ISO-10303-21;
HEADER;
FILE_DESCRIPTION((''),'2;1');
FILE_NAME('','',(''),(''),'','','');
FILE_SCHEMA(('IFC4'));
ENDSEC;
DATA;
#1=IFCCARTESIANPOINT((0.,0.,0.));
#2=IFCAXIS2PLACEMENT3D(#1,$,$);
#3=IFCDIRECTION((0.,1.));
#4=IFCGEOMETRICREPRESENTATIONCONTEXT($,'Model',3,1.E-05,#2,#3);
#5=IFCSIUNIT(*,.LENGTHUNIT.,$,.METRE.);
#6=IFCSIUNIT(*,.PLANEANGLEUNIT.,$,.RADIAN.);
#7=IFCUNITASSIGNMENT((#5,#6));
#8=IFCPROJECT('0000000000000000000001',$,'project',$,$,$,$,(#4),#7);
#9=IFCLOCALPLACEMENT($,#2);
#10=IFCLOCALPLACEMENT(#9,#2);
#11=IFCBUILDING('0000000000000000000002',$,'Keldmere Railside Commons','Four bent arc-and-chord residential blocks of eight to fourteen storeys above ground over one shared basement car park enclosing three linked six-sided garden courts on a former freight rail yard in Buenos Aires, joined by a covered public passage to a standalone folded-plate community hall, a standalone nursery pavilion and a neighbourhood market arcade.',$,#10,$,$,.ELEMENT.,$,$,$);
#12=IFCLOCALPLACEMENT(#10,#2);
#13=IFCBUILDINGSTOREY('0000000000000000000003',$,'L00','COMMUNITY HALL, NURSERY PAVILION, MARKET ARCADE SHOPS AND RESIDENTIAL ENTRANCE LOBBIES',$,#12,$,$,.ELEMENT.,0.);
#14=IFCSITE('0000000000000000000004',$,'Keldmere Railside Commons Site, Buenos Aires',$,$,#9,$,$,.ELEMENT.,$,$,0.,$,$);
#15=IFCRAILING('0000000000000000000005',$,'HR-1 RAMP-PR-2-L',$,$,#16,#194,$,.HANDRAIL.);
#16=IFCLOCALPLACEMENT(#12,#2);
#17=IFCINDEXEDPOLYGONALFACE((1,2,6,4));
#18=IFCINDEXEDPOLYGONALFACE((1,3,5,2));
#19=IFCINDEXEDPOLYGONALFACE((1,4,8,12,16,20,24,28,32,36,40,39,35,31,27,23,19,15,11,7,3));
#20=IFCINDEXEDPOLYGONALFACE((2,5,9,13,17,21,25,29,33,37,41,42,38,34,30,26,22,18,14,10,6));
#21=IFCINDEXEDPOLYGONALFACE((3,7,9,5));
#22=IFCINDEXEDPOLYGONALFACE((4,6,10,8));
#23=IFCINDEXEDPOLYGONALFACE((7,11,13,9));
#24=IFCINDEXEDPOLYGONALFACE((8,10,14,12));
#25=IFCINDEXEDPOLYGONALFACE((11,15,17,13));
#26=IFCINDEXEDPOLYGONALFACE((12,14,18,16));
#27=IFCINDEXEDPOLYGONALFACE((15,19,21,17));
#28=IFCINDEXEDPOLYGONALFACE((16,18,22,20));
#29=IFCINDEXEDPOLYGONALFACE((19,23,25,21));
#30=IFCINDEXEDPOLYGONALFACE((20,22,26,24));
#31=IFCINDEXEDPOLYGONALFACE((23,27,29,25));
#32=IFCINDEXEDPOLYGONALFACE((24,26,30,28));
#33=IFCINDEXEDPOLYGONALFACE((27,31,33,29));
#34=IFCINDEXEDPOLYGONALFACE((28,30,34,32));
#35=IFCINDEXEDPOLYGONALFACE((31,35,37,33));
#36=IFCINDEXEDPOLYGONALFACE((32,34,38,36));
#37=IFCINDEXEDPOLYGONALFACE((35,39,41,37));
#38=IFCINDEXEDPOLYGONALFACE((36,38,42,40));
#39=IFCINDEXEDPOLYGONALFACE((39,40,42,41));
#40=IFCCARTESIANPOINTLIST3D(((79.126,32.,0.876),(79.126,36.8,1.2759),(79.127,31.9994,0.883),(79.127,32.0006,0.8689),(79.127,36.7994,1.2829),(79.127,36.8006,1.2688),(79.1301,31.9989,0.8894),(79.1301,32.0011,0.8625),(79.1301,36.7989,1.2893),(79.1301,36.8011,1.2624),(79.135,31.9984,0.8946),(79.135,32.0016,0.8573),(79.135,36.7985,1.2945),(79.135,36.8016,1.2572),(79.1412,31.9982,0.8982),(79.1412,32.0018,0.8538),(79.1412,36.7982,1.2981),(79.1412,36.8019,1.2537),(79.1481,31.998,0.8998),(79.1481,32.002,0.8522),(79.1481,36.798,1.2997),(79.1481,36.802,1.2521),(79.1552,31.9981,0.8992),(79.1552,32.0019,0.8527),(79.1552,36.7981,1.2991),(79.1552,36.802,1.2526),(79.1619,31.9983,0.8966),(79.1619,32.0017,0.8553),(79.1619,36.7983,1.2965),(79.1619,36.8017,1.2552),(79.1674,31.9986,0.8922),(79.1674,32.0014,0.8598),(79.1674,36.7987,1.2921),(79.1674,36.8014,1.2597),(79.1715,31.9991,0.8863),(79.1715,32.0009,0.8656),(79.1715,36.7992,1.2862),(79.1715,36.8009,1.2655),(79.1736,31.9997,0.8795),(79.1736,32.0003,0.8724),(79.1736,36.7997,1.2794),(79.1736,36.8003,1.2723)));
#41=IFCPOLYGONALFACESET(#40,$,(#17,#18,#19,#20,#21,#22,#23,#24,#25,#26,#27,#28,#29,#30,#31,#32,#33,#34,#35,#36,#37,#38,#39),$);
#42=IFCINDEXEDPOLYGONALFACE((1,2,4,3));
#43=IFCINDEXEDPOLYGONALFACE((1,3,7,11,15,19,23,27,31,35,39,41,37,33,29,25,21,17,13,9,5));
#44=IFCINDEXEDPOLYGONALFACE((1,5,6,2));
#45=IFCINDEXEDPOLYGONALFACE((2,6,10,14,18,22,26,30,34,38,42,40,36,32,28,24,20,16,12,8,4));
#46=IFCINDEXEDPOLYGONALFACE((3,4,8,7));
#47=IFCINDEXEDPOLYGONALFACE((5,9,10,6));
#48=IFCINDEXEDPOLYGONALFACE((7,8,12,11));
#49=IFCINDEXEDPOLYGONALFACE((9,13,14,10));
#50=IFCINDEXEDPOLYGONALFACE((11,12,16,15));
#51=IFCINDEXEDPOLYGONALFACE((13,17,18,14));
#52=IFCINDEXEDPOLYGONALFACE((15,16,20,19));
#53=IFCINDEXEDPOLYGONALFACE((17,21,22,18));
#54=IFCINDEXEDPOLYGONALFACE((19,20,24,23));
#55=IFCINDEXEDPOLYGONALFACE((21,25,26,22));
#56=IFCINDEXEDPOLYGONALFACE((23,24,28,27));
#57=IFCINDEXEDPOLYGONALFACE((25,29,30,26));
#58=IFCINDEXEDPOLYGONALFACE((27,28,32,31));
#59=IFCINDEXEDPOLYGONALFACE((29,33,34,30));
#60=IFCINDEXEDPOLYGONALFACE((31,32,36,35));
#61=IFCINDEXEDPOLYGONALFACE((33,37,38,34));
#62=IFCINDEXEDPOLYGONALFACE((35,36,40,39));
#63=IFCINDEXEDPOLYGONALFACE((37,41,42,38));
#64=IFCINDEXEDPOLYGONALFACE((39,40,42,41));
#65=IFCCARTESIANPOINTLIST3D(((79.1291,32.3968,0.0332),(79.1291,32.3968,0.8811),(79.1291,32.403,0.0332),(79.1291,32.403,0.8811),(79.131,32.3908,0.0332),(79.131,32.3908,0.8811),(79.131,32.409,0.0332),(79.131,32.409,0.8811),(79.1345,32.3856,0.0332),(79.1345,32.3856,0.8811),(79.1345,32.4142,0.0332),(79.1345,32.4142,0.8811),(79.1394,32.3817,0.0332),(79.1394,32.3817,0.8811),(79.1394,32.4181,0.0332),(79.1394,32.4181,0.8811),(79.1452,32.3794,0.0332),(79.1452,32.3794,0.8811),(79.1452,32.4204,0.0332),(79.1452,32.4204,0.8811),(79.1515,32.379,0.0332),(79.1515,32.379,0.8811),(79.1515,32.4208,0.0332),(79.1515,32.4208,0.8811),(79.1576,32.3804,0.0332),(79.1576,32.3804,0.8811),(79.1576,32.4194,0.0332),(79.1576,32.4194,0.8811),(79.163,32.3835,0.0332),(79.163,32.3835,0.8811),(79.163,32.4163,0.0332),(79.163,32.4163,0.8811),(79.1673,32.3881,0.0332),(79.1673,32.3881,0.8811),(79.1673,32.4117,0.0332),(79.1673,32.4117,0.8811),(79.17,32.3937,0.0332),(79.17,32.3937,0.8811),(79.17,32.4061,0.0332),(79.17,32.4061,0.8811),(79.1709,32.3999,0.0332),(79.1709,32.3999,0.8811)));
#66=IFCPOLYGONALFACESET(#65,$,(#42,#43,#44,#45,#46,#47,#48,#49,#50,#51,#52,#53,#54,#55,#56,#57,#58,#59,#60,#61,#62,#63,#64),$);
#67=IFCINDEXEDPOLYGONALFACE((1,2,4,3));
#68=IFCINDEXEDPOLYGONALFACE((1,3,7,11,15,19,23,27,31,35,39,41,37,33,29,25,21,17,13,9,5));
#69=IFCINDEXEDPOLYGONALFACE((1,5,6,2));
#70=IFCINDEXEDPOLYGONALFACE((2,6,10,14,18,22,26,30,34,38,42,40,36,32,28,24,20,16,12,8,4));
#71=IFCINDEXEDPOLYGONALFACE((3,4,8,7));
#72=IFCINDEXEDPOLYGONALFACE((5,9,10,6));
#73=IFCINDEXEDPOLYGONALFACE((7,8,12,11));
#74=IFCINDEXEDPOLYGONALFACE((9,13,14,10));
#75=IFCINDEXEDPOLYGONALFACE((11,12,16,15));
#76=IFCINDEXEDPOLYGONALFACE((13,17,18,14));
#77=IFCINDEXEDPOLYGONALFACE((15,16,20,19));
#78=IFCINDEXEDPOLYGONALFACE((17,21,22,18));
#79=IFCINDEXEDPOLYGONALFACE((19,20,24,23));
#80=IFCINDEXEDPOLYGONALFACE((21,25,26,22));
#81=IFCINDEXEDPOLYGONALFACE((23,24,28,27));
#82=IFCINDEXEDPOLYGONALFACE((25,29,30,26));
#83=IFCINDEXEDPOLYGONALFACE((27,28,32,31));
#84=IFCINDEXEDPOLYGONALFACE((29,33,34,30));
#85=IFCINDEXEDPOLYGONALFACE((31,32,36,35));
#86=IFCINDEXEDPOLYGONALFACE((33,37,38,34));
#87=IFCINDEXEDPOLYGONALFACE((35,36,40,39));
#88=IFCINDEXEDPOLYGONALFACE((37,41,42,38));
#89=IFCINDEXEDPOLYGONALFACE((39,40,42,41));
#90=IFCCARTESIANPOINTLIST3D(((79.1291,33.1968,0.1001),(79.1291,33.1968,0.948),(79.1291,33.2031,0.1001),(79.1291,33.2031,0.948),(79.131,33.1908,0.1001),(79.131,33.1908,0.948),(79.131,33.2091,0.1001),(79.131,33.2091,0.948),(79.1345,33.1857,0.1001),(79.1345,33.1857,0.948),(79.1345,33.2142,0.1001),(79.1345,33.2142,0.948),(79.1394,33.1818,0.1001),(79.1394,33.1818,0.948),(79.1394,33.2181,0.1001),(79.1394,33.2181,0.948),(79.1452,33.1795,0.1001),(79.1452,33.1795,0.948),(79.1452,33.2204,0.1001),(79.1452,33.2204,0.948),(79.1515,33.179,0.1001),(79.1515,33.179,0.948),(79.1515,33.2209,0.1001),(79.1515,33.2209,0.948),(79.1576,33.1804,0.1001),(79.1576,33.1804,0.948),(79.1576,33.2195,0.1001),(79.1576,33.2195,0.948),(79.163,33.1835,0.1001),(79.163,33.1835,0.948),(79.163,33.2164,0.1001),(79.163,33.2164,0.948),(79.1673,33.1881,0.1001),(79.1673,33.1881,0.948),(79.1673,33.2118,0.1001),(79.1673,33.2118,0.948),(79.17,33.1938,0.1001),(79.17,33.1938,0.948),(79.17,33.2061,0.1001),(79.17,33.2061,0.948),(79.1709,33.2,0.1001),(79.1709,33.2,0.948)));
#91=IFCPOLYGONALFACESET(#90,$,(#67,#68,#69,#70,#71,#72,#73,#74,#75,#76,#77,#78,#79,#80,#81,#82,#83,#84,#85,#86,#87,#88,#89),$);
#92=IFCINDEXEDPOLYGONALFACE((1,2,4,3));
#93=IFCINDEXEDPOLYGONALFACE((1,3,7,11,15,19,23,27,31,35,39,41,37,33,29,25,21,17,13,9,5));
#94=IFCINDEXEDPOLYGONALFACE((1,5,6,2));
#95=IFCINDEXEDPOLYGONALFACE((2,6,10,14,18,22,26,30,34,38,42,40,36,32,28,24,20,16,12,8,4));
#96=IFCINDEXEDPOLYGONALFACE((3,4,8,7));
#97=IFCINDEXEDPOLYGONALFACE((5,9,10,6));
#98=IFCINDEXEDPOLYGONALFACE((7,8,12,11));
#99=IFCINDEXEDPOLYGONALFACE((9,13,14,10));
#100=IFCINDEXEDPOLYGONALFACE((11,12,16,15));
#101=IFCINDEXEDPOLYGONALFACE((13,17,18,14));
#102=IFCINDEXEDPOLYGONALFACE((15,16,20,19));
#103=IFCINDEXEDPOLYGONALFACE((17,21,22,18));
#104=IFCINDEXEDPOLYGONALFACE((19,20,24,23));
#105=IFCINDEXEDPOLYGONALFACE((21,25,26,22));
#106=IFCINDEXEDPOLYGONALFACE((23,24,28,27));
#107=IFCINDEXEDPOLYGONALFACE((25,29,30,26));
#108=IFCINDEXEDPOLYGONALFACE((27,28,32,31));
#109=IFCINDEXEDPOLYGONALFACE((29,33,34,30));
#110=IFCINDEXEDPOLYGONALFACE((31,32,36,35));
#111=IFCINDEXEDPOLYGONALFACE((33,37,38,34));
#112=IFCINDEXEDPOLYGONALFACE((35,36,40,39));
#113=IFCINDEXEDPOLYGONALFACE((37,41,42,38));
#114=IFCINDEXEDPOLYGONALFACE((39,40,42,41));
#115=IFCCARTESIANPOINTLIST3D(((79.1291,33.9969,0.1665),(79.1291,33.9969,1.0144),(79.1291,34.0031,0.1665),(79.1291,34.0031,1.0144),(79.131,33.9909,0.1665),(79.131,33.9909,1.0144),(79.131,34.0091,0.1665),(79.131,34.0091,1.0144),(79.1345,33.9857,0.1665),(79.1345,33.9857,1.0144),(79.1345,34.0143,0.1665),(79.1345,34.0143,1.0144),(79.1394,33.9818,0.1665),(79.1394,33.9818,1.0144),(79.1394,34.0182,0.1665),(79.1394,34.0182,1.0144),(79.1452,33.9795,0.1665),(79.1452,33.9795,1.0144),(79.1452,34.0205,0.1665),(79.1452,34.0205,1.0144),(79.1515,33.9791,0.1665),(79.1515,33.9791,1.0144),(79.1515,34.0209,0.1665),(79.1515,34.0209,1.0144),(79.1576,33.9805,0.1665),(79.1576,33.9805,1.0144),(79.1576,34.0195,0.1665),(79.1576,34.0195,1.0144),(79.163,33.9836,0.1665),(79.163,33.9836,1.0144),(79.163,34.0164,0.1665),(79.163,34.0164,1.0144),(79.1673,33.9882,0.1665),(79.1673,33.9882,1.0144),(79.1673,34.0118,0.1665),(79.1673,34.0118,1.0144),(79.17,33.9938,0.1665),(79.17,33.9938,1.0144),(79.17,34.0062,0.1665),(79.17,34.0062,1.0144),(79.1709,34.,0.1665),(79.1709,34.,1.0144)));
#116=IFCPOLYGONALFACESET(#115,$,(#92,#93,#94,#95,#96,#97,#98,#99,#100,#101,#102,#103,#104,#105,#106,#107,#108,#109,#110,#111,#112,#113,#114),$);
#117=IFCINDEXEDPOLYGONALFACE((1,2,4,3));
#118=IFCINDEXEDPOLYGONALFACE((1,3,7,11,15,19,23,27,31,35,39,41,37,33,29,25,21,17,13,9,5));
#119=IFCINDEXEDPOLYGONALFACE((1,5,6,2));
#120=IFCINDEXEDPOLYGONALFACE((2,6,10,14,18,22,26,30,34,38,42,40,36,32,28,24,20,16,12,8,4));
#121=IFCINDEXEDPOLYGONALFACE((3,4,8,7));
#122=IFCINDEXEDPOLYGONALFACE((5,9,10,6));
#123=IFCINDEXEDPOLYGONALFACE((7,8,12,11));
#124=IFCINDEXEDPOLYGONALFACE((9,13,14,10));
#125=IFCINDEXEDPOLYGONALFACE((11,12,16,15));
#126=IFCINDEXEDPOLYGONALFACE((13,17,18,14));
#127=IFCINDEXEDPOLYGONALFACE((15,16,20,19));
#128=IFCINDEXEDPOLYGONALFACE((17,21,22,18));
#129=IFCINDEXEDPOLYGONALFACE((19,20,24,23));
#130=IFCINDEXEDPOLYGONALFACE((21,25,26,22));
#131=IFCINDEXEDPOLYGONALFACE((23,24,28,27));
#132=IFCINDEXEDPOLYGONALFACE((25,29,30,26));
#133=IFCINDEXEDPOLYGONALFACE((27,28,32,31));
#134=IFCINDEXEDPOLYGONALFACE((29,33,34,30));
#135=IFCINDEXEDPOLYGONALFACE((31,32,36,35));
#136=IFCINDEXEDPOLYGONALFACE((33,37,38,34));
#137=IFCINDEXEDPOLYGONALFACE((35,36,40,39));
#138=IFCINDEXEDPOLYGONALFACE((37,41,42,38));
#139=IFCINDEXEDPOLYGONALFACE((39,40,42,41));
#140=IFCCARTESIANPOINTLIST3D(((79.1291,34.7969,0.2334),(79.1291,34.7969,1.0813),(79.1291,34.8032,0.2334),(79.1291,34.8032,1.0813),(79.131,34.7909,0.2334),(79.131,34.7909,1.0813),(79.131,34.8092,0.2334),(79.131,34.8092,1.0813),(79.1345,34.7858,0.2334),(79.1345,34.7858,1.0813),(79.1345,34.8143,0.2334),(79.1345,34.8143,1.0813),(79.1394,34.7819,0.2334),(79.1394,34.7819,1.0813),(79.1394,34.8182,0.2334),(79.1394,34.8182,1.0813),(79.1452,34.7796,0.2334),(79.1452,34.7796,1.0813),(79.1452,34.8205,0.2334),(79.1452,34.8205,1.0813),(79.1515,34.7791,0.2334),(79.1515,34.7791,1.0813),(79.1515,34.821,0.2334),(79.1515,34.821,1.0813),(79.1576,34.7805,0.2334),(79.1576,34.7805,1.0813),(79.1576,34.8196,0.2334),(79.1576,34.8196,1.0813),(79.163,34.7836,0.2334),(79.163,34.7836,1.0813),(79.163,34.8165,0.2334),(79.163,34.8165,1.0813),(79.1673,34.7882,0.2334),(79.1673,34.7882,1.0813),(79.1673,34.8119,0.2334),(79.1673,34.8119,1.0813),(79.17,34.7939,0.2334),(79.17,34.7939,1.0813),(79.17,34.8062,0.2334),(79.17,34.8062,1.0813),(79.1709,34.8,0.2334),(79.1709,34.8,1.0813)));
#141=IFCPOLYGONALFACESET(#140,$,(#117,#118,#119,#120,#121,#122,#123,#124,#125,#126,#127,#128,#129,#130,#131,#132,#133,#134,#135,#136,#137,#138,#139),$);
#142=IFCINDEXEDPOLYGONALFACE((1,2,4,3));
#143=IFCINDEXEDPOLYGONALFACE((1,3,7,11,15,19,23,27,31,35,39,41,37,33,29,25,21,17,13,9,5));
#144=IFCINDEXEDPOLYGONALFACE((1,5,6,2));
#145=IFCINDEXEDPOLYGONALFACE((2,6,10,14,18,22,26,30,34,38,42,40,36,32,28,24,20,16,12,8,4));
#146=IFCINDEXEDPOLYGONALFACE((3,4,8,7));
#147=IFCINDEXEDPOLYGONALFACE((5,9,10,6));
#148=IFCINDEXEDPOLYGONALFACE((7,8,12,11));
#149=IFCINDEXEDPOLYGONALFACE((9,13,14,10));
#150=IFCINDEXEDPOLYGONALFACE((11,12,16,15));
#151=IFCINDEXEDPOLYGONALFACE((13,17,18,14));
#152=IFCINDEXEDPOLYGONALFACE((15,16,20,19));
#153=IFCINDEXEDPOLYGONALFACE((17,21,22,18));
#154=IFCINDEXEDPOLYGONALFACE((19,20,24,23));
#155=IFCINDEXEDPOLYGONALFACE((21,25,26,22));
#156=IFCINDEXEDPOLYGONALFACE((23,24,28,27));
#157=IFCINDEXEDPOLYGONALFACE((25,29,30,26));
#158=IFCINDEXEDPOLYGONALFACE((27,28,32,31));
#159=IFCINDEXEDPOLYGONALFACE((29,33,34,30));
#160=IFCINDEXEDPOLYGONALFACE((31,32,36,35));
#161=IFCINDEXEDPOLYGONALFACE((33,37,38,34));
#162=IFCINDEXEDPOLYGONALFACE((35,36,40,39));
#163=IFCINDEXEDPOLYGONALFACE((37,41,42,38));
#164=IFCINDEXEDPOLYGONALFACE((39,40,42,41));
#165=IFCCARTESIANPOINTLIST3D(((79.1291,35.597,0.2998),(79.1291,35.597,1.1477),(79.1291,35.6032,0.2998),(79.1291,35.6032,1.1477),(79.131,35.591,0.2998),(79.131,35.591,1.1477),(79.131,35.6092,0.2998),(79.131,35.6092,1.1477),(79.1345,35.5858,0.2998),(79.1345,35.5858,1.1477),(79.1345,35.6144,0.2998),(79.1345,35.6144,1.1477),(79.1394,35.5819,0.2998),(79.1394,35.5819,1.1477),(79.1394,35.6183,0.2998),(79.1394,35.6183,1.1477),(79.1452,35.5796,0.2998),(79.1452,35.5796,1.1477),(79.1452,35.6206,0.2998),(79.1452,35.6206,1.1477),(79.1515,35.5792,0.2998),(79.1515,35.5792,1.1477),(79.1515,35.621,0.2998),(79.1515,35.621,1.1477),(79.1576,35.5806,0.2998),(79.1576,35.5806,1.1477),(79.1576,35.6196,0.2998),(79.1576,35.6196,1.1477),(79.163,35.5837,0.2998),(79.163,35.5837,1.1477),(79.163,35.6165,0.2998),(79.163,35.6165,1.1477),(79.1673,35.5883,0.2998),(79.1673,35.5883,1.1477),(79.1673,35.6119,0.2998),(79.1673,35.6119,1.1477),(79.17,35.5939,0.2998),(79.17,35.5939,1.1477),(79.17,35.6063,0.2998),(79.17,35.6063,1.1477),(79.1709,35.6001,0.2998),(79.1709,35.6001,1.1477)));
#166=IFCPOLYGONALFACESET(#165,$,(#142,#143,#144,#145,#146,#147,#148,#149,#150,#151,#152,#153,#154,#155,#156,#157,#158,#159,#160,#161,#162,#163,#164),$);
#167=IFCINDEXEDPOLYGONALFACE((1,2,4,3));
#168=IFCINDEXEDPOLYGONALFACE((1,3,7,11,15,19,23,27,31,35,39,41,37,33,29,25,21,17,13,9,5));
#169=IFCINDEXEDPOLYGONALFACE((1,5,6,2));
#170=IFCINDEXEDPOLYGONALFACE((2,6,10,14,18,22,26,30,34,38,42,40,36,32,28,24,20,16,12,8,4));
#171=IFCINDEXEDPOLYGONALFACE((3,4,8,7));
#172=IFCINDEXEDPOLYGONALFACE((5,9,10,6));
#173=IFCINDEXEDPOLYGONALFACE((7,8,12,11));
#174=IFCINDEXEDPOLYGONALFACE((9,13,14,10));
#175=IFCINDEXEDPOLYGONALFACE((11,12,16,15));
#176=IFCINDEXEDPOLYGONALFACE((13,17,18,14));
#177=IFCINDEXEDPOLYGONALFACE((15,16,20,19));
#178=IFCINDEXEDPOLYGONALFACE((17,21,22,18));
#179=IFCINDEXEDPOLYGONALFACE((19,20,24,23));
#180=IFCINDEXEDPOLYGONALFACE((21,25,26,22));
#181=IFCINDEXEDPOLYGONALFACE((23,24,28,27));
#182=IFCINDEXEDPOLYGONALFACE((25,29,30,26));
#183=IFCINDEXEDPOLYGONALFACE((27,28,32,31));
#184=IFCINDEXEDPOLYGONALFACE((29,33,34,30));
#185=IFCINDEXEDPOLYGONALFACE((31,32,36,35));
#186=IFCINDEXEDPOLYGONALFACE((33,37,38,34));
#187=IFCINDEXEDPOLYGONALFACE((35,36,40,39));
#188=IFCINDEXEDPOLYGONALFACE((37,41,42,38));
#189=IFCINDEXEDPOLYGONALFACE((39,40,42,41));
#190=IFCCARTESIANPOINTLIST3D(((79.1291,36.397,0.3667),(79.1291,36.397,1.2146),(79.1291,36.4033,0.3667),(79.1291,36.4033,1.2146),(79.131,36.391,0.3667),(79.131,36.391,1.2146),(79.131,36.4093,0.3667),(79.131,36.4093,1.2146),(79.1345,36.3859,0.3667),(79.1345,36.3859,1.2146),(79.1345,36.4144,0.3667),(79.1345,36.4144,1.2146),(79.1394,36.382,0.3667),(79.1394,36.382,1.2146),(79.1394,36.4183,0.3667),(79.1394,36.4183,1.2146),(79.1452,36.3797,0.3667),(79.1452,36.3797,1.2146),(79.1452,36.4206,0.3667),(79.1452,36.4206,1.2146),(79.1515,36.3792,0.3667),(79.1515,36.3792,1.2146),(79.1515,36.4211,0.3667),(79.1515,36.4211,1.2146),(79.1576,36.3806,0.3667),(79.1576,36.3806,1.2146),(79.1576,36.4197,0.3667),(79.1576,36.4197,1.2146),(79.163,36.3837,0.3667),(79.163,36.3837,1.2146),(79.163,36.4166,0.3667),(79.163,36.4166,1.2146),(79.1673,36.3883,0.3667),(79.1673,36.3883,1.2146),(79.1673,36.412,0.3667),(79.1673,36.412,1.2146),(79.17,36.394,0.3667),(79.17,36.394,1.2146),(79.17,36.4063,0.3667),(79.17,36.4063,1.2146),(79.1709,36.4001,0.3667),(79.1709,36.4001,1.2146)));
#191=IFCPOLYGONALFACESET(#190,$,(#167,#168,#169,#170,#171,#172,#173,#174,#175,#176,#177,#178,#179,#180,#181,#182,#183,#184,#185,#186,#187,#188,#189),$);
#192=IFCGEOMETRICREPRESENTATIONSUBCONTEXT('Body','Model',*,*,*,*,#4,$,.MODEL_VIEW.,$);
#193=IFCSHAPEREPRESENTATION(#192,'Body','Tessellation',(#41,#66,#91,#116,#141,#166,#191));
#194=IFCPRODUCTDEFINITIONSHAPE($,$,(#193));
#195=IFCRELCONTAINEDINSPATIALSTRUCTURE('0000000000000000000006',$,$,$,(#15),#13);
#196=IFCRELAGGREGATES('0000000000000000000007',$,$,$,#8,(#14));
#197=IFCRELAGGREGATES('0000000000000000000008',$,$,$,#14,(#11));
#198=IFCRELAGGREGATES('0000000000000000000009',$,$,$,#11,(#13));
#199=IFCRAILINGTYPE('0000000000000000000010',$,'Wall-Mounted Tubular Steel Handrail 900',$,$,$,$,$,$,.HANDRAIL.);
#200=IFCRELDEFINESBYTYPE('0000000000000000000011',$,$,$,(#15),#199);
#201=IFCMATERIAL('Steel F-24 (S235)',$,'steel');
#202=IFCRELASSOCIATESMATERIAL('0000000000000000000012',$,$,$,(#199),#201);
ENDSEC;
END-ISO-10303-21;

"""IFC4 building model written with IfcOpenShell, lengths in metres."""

from ifc_helpers import new_model, si_unit, direction, frame, origin, origin_2d, place, context, subcontext, project, spatial, circle, extrude, material, type_object, element, save


model = new_model("IFC4")

# Units and contexts
model_context = context("Model", 3, precision=1e-05, world=origin(), true_north=direction((0.0, 1.0)))
body_context = subcontext(model_context, "Body", "Model", "MODEL_VIEW")
ifc_project = project(units=[si_unit("LENGTHUNIT", "METRE"), si_unit("PLANEANGLEUNIT", "RADIAN")], contexts=[model_context])

# Site, building, storey
site_placement = place(None, origin())
site = spatial("IfcSite", under=ifc_project, at=site_placement, Name="Keldmere Railside Commons Site, Buenos Aires", CompositionType="ELEMENT", RefElevation=0.0)
building_placement = place(site_placement, origin())
building = spatial("IfcBuilding", under=site, at=building_placement, Name="Keldmere Railside Commons", Description="Four bent arc-and-chord residential blocks of eight to fourteen storeys above ground over one shared basement car park enclosing three linked six-sided garden courts on a former freight rail yard in Buenos Aires, joined by a covered public passage to a standalone folded-plate community hall, a standalone nursery pavilion and a neighbourhood market arcade.", CompositionType="ELEMENT")
storey_placement = place(building_placement, origin())
storey = spatial("IfcBuildingStorey", under=building, at=storey_placement, Name="L00", Description="COMMUNITY HALL, NURSERY PAVILION, MARKET ARCADE SHOPS AND RESIDENTIAL ENTRANCE LOBBIES", CompositionType="ELEMENT", Elevation=0.0)

# Railing
ifc_material_1 = material(Name="Steel F-24 (S235)", Category="steel")
railing_type_1 = type_object("IfcRailingType", Name="Wall-Mounted Tubular Steel Handrail 900", PredefinedType="HANDRAIL", material=ifc_material_1)
for number, where, name in (
    (1, (79.1499, 32.0, 0.0), "HR-1 RAMP-PR-2-L"),
):
    element("IfcRailing", number, at=place(storey_placement, frame(where)), inside=storey, type_object=railing_type_1, Name=name, PredefinedType="HANDRAIL", context=body_context, shape_type="SweptSolid", body=[
        extrude(circle(Radius=0.0239, at=origin_2d()), frame((0.0, 0.0, 0.876), z_axis=(0.0, 0.996548, 0.083025), x_axis=(-1.0, 0.0, 0.0)), (0.0, 0.0, 1.0), 4.8167),
        extrude(circle(Radius=0.021, at=origin_2d()), frame((0.0, 0.3999, 0.0332)), (0.0, 0.0, 1.0), 0.8479),
        extrude(circle(Radius=0.021, at=origin_2d()), frame((0.0, 1.2, 0.1001)), (0.0, 0.0, 1.0), 0.8479),
        extrude(circle(Radius=0.021, at=origin_2d()), frame((0.0, 2.0, 0.1665)), (0.0, 0.0, 1.0), 0.8479),
        extrude(circle(Radius=0.021, at=origin_2d()), frame((0.0, 2.8, 0.2334)), (0.0, 0.0, 1.0), 0.8479),
        extrude(circle(Radius=0.021, at=origin_2d()), frame((0.0, 3.6001, 0.2998)), (0.0, 0.0, 1.0), 0.8479),
        extrude(circle(Radius=0.021, at=origin_2d()), frame((0.0, 4.4001, 0.3667)), (0.0, 0.0, 1.0), 0.8479),
    ])

save(model, "model.ifc")
